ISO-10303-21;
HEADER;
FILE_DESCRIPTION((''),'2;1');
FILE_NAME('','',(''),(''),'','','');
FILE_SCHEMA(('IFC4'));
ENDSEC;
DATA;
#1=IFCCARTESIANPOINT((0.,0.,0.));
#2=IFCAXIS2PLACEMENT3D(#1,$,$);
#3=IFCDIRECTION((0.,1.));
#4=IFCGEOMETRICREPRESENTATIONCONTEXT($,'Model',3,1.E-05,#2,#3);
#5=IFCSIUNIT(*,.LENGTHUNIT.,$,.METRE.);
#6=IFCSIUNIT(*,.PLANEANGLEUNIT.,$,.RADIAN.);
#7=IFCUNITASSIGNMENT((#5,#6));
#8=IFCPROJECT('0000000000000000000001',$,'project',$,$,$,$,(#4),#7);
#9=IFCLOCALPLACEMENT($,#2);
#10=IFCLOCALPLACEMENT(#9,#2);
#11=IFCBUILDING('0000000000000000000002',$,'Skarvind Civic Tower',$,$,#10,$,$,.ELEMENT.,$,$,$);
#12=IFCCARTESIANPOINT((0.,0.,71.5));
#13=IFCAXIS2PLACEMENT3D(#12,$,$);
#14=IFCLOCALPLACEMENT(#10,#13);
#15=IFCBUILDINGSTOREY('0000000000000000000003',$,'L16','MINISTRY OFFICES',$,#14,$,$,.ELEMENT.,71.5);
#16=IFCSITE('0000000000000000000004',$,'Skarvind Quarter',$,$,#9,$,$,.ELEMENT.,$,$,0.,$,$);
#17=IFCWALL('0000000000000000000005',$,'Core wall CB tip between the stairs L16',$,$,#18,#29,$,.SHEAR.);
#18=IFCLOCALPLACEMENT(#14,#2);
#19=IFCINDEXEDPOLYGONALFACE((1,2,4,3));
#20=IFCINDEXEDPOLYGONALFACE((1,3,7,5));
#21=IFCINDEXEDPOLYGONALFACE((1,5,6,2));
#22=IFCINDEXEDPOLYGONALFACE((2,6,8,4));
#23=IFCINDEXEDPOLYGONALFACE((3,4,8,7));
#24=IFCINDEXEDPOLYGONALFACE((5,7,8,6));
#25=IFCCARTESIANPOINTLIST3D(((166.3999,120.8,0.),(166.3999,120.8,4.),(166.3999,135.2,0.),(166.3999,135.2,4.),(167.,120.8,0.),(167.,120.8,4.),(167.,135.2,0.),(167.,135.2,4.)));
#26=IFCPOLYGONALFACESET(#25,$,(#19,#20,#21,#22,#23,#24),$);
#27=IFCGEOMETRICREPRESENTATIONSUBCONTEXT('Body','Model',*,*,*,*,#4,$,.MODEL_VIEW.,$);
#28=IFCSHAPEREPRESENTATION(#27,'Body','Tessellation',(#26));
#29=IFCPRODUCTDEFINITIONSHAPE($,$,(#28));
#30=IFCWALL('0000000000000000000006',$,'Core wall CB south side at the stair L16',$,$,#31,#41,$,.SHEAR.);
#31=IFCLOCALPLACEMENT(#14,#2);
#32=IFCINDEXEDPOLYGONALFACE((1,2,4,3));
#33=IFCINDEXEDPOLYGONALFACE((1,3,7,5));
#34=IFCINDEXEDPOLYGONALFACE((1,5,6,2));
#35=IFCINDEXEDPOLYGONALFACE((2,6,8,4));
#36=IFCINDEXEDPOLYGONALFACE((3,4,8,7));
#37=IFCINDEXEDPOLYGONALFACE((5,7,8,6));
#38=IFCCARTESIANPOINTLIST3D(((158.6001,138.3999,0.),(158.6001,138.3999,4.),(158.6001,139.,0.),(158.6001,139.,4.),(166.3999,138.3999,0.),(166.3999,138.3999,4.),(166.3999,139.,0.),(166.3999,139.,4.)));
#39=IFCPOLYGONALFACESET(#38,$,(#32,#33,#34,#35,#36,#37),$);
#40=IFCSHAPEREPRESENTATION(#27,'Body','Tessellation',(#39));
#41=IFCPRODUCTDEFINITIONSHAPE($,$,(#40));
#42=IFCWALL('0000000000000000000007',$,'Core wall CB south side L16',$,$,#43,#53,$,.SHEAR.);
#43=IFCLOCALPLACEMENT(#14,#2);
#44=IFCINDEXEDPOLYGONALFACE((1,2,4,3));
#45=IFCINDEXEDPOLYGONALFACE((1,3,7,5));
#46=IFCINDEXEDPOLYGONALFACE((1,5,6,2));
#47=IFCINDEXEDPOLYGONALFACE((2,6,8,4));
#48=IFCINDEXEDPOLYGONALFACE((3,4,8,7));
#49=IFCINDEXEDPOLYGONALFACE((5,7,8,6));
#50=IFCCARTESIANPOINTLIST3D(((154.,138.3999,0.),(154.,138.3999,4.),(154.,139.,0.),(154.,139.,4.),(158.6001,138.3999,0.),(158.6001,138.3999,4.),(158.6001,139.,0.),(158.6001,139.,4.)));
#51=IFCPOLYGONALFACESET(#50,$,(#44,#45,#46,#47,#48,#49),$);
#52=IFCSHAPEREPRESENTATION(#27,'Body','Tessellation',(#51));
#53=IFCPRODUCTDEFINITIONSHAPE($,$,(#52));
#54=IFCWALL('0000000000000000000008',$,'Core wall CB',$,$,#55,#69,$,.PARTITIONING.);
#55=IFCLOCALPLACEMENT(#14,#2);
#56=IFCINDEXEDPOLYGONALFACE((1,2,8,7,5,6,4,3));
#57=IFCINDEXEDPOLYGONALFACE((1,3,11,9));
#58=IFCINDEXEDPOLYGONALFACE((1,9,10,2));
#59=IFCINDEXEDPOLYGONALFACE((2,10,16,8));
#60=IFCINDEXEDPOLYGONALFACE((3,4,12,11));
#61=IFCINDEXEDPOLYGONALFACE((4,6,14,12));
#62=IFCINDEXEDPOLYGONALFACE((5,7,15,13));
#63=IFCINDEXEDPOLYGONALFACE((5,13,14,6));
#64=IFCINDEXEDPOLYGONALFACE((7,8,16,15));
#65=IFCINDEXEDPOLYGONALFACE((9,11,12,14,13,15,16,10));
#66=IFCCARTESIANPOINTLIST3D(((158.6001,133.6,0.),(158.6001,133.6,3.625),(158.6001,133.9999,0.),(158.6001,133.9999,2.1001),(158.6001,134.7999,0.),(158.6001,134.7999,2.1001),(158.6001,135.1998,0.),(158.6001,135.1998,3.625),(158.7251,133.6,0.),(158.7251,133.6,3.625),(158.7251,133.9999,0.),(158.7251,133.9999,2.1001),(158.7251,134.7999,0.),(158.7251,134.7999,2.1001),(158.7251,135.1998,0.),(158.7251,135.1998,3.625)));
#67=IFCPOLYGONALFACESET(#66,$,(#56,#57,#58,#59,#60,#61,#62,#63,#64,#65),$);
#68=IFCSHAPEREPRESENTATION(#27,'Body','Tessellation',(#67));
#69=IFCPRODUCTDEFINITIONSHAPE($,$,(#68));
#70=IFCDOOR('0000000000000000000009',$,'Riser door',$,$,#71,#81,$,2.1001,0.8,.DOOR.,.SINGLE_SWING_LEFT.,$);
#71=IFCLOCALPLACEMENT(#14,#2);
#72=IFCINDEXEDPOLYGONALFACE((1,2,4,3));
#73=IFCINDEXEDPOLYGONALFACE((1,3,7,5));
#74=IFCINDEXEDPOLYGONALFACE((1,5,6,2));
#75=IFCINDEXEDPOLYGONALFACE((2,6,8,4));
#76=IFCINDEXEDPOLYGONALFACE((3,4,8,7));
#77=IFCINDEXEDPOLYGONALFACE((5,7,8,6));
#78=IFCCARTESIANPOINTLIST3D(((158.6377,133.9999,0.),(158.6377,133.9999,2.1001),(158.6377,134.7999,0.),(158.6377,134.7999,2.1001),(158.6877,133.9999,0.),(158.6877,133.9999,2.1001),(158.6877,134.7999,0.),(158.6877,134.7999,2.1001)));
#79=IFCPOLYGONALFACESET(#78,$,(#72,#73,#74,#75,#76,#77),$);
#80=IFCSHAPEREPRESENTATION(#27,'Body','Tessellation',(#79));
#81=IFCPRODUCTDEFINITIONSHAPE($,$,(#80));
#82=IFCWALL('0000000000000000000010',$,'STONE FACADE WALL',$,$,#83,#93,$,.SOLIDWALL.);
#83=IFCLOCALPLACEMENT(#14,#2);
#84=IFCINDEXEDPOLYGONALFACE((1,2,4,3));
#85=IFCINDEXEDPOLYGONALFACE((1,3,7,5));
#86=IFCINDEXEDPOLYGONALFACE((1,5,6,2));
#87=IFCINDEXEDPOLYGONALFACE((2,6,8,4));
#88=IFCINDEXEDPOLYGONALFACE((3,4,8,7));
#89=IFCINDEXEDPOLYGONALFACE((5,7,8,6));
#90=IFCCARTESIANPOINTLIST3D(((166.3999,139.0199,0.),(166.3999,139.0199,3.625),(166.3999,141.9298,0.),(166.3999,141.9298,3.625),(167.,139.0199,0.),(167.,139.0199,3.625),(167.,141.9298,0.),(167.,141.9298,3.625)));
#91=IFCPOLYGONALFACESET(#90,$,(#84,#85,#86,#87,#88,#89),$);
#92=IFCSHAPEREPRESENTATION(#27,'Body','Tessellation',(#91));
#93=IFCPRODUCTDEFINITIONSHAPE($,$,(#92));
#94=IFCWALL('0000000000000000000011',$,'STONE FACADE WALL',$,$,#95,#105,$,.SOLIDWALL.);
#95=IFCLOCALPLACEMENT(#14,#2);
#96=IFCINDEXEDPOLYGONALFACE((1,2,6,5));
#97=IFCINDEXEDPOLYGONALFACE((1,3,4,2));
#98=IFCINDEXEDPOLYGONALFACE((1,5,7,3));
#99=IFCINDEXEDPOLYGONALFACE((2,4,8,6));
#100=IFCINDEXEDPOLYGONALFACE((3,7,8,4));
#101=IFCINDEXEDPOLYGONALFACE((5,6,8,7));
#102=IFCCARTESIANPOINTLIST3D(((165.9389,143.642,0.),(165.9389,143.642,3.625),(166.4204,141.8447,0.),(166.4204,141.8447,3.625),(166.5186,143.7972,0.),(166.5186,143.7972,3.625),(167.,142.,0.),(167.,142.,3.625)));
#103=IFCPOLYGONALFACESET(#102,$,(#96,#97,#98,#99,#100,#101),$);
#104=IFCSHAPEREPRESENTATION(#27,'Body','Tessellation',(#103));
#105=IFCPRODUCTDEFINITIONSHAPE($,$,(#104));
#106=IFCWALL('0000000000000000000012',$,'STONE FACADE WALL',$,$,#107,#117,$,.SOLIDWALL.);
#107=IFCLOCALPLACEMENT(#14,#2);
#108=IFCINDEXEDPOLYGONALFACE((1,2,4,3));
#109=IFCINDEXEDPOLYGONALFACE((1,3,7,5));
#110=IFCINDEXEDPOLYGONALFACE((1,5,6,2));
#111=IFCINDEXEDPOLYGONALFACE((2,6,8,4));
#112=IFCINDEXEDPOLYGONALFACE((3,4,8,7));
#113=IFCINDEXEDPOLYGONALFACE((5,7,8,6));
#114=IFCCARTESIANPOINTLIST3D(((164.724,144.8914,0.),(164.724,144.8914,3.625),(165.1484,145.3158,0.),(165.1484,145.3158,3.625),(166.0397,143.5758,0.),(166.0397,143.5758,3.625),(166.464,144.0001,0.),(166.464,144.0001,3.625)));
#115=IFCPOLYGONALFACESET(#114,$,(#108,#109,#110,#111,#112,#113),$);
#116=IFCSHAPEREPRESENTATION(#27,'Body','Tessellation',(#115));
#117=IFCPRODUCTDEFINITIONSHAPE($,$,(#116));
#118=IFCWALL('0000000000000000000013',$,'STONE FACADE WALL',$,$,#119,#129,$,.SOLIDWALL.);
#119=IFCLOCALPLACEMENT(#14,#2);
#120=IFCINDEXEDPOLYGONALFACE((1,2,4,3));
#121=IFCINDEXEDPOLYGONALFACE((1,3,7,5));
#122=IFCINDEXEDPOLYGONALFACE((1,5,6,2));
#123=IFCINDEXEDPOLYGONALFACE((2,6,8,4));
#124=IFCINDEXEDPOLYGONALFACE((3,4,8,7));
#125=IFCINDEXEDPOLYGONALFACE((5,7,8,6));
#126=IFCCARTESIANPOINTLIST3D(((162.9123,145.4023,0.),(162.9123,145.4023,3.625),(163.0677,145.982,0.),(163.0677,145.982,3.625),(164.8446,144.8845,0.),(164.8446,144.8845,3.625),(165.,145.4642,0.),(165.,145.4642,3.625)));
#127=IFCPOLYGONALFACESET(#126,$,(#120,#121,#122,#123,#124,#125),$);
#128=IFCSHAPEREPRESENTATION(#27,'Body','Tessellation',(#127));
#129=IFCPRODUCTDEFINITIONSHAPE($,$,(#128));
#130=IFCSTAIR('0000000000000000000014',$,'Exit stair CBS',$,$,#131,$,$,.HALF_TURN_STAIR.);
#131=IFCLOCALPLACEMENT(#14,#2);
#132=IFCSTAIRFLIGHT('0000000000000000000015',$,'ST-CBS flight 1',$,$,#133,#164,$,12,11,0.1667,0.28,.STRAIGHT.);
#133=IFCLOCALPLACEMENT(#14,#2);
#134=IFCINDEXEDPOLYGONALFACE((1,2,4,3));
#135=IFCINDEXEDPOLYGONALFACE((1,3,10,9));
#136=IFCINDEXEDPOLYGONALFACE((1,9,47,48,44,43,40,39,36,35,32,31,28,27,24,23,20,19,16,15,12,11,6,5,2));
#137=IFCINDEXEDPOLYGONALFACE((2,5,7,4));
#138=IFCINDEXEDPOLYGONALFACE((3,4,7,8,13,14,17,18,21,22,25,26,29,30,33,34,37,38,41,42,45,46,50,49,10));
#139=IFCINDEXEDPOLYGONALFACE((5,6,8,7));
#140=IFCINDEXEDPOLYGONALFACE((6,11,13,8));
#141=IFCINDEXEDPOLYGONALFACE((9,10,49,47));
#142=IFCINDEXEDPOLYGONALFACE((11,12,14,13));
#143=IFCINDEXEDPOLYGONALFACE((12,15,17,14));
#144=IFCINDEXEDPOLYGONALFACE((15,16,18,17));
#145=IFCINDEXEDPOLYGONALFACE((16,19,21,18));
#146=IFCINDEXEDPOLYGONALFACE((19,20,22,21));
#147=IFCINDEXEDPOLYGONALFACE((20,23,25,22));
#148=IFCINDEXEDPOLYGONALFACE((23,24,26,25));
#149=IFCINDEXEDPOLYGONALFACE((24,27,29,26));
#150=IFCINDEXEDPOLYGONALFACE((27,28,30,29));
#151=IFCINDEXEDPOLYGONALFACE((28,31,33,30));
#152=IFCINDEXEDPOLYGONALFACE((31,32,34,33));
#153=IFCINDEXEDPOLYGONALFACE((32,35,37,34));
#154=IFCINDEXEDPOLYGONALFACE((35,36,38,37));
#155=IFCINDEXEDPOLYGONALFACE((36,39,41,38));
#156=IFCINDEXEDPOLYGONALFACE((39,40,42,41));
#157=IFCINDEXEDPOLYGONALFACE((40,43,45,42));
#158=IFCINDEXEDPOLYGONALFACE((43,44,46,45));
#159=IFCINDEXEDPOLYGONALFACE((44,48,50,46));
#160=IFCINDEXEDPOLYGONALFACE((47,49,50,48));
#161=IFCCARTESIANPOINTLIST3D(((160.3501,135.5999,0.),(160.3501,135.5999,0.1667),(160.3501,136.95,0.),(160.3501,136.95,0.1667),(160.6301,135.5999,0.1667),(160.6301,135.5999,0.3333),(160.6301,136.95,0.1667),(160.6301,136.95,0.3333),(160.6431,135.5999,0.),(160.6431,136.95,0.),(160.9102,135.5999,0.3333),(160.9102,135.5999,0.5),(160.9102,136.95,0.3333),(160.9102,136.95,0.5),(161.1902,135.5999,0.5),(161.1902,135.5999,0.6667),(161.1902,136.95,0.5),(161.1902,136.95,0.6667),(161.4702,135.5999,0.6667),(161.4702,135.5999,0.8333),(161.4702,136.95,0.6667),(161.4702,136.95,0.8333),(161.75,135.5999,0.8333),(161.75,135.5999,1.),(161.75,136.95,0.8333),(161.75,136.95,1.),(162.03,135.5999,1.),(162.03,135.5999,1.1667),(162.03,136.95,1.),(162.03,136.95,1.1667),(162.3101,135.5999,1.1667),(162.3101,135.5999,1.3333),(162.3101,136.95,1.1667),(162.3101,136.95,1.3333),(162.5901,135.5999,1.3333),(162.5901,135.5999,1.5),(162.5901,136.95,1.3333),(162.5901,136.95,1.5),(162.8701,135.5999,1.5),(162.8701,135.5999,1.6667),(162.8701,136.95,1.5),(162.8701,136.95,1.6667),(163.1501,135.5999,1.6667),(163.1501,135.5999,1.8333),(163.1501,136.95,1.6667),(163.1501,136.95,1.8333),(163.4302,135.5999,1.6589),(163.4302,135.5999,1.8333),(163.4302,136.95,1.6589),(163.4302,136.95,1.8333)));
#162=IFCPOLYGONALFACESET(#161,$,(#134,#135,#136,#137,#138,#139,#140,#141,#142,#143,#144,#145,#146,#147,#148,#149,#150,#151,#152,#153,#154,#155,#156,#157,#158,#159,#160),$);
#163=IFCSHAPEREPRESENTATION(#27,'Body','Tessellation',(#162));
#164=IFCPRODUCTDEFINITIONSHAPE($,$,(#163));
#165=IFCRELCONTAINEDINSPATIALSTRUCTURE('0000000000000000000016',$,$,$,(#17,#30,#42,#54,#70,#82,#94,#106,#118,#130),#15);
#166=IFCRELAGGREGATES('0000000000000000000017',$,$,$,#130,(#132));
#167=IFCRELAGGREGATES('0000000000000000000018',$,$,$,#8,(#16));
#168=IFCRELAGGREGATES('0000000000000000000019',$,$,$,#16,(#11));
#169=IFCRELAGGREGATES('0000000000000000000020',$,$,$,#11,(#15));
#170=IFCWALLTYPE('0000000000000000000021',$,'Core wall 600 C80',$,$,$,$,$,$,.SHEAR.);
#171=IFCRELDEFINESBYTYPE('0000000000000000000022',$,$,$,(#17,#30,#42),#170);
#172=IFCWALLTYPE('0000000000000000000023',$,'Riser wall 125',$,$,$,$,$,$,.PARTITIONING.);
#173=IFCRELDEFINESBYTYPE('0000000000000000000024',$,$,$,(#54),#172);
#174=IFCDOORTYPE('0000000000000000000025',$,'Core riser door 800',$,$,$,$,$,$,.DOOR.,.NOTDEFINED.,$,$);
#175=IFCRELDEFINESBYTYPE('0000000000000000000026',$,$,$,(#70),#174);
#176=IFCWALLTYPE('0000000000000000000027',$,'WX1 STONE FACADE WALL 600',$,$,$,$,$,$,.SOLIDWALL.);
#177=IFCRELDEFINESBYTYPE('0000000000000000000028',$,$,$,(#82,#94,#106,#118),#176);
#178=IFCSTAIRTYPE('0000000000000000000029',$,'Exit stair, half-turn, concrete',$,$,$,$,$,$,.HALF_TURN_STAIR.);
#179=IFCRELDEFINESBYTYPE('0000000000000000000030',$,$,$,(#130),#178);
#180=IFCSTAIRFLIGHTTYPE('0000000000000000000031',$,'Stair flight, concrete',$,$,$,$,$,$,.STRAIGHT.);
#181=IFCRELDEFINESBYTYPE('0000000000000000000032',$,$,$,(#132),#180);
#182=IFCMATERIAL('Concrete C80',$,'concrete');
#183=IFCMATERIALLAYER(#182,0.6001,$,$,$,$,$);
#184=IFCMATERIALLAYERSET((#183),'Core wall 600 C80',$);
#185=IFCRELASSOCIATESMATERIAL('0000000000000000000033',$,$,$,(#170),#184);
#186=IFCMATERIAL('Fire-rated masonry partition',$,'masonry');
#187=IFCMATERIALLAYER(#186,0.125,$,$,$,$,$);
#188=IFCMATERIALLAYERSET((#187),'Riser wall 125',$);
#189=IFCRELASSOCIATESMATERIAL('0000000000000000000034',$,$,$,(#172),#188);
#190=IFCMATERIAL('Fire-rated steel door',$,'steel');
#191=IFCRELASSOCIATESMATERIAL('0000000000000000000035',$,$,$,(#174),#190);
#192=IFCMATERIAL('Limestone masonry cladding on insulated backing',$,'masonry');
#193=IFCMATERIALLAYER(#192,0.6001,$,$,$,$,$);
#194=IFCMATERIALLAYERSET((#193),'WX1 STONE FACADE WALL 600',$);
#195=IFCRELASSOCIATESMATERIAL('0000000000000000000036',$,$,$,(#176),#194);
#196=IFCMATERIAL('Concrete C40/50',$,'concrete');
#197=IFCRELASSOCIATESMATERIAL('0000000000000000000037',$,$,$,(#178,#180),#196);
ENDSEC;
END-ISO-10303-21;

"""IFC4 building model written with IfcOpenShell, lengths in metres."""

from ifc_helpers import new_model, si_unit, direction, frame, frame_2d, origin, place, context, subcontext, project, spatial, polyline, rectangle, outline, extrude, material, layer, layer_set, type_object, element, fill, aggregate, save


model = new_model("IFC4")

# Units and contexts
model_context = context("Model", 3, precision=1e-05, world=origin(), true_north=direction((0.0, 1.0)))
body_context = subcontext(model_context, "Body", "Model", "MODEL_VIEW")
ifc_project = project(units=[si_unit("LENGTHUNIT", "METRE"), si_unit("PLANEANGLEUNIT", "RADIAN")], contexts=[model_context])

# Site, building, storey
site_placement = place(None, origin())
site = spatial("IfcSite", under=ifc_project, at=site_placement, Name="Skarvind Quarter", CompositionType="ELEMENT", RefElevation=0.0)
building_placement = place(site_placement, origin())
building = spatial("IfcBuilding", under=site, at=building_placement, Name="Skarvind Civic Tower", CompositionType="ELEMENT")
storey_placement = place(building_placement, frame((0.0, 0.0, 71.5)))
storey = spatial("IfcBuildingStorey", under=building, at=storey_placement, Name="L16", Description="MINISTRY OFFICES", CompositionType="ELEMENT", Elevation=71.5)

# Shared definitions
ifc_material_1 = material(Name="Fire-rated masonry partition", Category="masonry")
ifc_material_2 = material(Name="Fire-rated steel door", Category="steel")

# Shared definitions
ifc_material_3 = material(Name="Concrete C80", Category="concrete")

# Walls
ifc_layer_1 = layer(ifc_material_3, 0.6001)
ifc_layer_set_1 = layer_set([ifc_layer_1], Name="Core wall 600 C80")
wall_type_1 = type_object("IfcWallType", Name="Core wall 600 C80", PredefinedType="SHEAR", material=ifc_layer_set_1)
wall_1_placement = place(storey_placement, frame((166.7, 135.2, 0.0), z_axis=(0.0, 0.0, 1.0), x_axis=(0.0, -1.0, 0.0)))
element("IfcWall", 1, at=wall_1_placement, inside=storey, type_object=wall_type_1, Name="Core wall CB tip between the stairs L16", PredefinedType="SHEAR", context=body_context, shape_type="SweptSolid", body=[
    extrude(rectangle(XDim=14.3999, YDim=0.6001, at=frame_2d((7.2, 0.0))), origin(), (0.0, 0.0, 1.0), 4.0),
])
wall_2_placement = place(storey_placement, frame((166.3999, 138.7, 0.0), z_axis=(0.0, 0.0, 1.0), x_axis=(-1.0, 0.0, 0.0)))
element("IfcWall", 2, at=wall_2_placement, inside=storey, type_object=wall_type_1, Name="Core wall CB south side at the stair L16", PredefinedType="SHEAR", context=body_context, shape_type="SweptSolid", body=[
    extrude(rectangle(XDim=7.7998, YDim=0.6001, at=frame_2d((3.8999, 0.0))), origin(), (0.0, 0.0, 1.0), 4.0),
])
wall_3_placement = place(storey_placement, frame((158.6001, 138.7, 0.0), z_axis=(0.0, 0.0, 1.0), x_axis=(-1.0, 0.0, 0.0)))
element("IfcWall", 3, at=wall_3_placement, inside=storey, type_object=wall_type_1, Name="Core wall CB south side L16", PredefinedType="SHEAR", context=body_context, shape_type="SweptSolid", body=[
    extrude(rectangle(XDim=4.6001, YDim=0.6001, at=frame_2d((2.3, 0.0))), origin(), (0.0, 0.0, 1.0), 4.0),
])

# Wall, opening, door
ifc_layer_2 = layer(ifc_material_1, 0.125)
ifc_layer_set_2 = layer_set([ifc_layer_2], Name="Riser wall 125")
wall_type_2 = type_object("IfcWallType", Name="Riser wall 125", PredefinedType="PARTITIONING", material=ifc_layer_set_2)
wall_4_placement = place(storey_placement, frame((158.6626, 133.6001, 0.0), z_axis=(0.0, 0.0, 1.0), x_axis=(0.0, 1.0, 0.0)))
wall_4 = element("IfcWall", 4, at=wall_4_placement, inside=storey, type_object=wall_type_2, Name="Core wall CB", PredefinedType="PARTITIONING", context=body_context, shape_type="SweptSolid", body=[
    extrude(rectangle(XDim=1.5999, YDim=0.125, at=frame_2d((0.7998, 0.0))), origin(), (0.0, 0.0, 1.0), 3.625),
])
opening_1_placement = place(wall_4_placement, frame((0.3999, 0.0, 0.0)))
opening_1 = element("IfcOpeningElement", 5, at=opening_1_placement, cuts=wall_4, PredefinedType="OPENING", context=body_context, shape_type="SweptSolid", body=[
    extrude(rectangle(XDim=0.8, YDim=2.1001, at=frame_2d((0.3999, 1.05))), frame((0.0, 0.0725, 0.0), z_axis=(0.0, -1.0, 0.0), x_axis=(1.0, 0.0, 0.0)), (0.0, 0.0, 1.0), 0.145),
])
door_type_1 = type_object("IfcDoorType", Name="Core riser door 800", OperationType="NOTDEFINED", PredefinedType="DOOR", material=ifc_material_2)
door_1_placement = place(opening_1_placement, origin())
door_1 = element("IfcDoor", 6, at=door_1_placement, inside=storey, type_object=door_type_1, Name="Riser door", OperationType="SINGLE_SWING_LEFT", OverallHeight=2.1001, OverallWidth=0.8, PredefinedType="DOOR", context=body_context, shape_type="SweptSolid", body=[
    extrude(rectangle(XDim=0.8, YDim=2.1001, at=frame_2d((0.3999, 1.05))), frame((0.0, 0.0249, 0.0), z_axis=(0.0, -1.0, 0.0), x_axis=(1.0, 0.0, 0.0)), (0.0, 0.0, 1.0), 0.05),
])
fill(opening_1, door_1)

# Walls
ifc_material_4 = material(Name="Limestone masonry cladding on insulated backing", Category="masonry")
ifc_layer_3 = layer(ifc_material_4, 0.6001)
ifc_layer_set_3 = layer_set([ifc_layer_3], Name="WX1 STONE FACADE WALL 600")
wall_type_3 = type_object("IfcWallType", Name="WX1 STONE FACADE WALL 600", PredefinedType="SOLIDWALL", material=ifc_layer_set_3)
wall_5_placement = place(storey_placement, frame((166.7, 141.9299, 0.0), z_axis=(0.0, 0.0, 1.0), x_axis=(0.0, -1.0, 0.0)))
element("IfcWall", 7, at=wall_5_placement, inside=storey, type_object=wall_type_3, Name="STONE FACADE WALL", PredefinedType="SOLIDWALL", context=body_context, shape_type="SweptSolid", body=[
    extrude(rectangle(XDim=2.9099, YDim=0.6001, at=frame_2d((1.4551, 0.0))), origin(), (0.0, 0.0, 1.0), 3.625),
])
for number, where, z_axis, x_axis, name in (
    (8, (166.2288, 143.7195, 0.0), (0.0, 0.0, 1.0), (0.258773, -0.965938, 0.0), "STONE FACADE WALL"),
    (9, (164.9363, 145.1035, 0.0), (0.0, 0.0, 1.0), (0.707107, -0.707107, 0.0), "STONE FACADE WALL"),
):
    element("IfcWall", number, at=place(storey_placement, frame(where, z_axis=z_axis, x_axis=x_axis)), inside=storey, type_object=wall_type_3, Name=name, PredefinedType="SOLIDWALL", context=body_context, shape_type="SweptSolid", body=[
        extrude(rectangle(XDim=1.8606, YDim=0.6001, at=frame_2d((0.9302, 0.0))), origin(), (0.0, 0.0, 1.0), 3.625),
    ])
wall_6_placement = place(storey_placement, frame((162.99, 145.6921, 0.0), z_axis=(0.0, 0.0, 1.0), x_axis=(0.96592, -0.25884, 0.0)))
element("IfcWall", 10, at=wall_6_placement, inside=storey, type_object=wall_type_3, Name="STONE FACADE WALL", PredefinedType="SOLIDWALL", context=body_context, shape_type="SweptSolid", body=[
    extrude(rectangle(XDim=2.0005, YDim=0.6001, at=frame_2d((1.0002, 0.0))), origin(), (0.0, 0.0, 1.0), 3.625),
])

# Stair, stair flight
ifc_material_5 = material(Name="Concrete C40/50", Category="concrete")
stair_type = type_object("IfcStairType", Name="Exit stair, half-turn, concrete", PredefinedType="HALF_TURN_STAIR", material=ifc_material_5)
stair_placement = place(storey_placement, origin())
stair = element("IfcStair", 11, at=stair_placement, inside=storey, type_object=stair_type, Name="Exit stair CBS", PredefinedType="HALF_TURN_STAIR")
stair_flight_type = type_object("IfcStairFlightType", Name="Stair flight, concrete", PredefinedType="STRAIGHT", material=ifc_material_5)
stair_flight_1_placement = place(storey_placement, frame((160.3501, 136.2749, 0.0), z_axis=(0.0, 0.0, 1.0), x_axis=(1.0, 0.0, 0.0)))
stair_flight_1 = element("IfcStairFlight", 12, at=stair_flight_1_placement, type_object=stair_flight_type, Name="ST-CBS flight 1", NumberOfRisers=12, NumberOfTreads=11, PredefinedType="STRAIGHT", RiserHeight=0.1667, TreadLength=0.28, context=body_context, shape_type="SweptSolid", body=[
    extrude(outline(polyline([(0.0, 0.0), (0.0, 0.1667), (0.28, 0.1667), (0.28, 0.3333), (0.5601, 0.3333), (0.5601, 0.5), (0.8401, 0.5), (0.8401, 0.6667), (1.1201, 0.6667), (1.1201, 0.8333), (1.3999, 0.8333), (1.3999, 1.0), (1.6799, 1.0), (1.6799, 1.1667), (1.96, 1.1667), (1.96, 1.3333), (2.24, 1.3333), (2.24, 1.5), (2.52, 1.5), (2.52, 1.6667), (2.8, 1.6667), (2.8, 1.8333), (3.0801, 1.8333), (3.0801, 2.0), (3.0801, 1.6589), (0.293, 0.0), (0.0, 0.0)])), frame((0.0, 0.675, 0.0), z_axis=(0.0, -1.0, 0.0), x_axis=(1.0, 0.0, 0.0)), (0.0, 0.0, 1.0), 1.3501),
])
aggregate(stair, [stair_flight_1])

save(model, "model.ifc")
